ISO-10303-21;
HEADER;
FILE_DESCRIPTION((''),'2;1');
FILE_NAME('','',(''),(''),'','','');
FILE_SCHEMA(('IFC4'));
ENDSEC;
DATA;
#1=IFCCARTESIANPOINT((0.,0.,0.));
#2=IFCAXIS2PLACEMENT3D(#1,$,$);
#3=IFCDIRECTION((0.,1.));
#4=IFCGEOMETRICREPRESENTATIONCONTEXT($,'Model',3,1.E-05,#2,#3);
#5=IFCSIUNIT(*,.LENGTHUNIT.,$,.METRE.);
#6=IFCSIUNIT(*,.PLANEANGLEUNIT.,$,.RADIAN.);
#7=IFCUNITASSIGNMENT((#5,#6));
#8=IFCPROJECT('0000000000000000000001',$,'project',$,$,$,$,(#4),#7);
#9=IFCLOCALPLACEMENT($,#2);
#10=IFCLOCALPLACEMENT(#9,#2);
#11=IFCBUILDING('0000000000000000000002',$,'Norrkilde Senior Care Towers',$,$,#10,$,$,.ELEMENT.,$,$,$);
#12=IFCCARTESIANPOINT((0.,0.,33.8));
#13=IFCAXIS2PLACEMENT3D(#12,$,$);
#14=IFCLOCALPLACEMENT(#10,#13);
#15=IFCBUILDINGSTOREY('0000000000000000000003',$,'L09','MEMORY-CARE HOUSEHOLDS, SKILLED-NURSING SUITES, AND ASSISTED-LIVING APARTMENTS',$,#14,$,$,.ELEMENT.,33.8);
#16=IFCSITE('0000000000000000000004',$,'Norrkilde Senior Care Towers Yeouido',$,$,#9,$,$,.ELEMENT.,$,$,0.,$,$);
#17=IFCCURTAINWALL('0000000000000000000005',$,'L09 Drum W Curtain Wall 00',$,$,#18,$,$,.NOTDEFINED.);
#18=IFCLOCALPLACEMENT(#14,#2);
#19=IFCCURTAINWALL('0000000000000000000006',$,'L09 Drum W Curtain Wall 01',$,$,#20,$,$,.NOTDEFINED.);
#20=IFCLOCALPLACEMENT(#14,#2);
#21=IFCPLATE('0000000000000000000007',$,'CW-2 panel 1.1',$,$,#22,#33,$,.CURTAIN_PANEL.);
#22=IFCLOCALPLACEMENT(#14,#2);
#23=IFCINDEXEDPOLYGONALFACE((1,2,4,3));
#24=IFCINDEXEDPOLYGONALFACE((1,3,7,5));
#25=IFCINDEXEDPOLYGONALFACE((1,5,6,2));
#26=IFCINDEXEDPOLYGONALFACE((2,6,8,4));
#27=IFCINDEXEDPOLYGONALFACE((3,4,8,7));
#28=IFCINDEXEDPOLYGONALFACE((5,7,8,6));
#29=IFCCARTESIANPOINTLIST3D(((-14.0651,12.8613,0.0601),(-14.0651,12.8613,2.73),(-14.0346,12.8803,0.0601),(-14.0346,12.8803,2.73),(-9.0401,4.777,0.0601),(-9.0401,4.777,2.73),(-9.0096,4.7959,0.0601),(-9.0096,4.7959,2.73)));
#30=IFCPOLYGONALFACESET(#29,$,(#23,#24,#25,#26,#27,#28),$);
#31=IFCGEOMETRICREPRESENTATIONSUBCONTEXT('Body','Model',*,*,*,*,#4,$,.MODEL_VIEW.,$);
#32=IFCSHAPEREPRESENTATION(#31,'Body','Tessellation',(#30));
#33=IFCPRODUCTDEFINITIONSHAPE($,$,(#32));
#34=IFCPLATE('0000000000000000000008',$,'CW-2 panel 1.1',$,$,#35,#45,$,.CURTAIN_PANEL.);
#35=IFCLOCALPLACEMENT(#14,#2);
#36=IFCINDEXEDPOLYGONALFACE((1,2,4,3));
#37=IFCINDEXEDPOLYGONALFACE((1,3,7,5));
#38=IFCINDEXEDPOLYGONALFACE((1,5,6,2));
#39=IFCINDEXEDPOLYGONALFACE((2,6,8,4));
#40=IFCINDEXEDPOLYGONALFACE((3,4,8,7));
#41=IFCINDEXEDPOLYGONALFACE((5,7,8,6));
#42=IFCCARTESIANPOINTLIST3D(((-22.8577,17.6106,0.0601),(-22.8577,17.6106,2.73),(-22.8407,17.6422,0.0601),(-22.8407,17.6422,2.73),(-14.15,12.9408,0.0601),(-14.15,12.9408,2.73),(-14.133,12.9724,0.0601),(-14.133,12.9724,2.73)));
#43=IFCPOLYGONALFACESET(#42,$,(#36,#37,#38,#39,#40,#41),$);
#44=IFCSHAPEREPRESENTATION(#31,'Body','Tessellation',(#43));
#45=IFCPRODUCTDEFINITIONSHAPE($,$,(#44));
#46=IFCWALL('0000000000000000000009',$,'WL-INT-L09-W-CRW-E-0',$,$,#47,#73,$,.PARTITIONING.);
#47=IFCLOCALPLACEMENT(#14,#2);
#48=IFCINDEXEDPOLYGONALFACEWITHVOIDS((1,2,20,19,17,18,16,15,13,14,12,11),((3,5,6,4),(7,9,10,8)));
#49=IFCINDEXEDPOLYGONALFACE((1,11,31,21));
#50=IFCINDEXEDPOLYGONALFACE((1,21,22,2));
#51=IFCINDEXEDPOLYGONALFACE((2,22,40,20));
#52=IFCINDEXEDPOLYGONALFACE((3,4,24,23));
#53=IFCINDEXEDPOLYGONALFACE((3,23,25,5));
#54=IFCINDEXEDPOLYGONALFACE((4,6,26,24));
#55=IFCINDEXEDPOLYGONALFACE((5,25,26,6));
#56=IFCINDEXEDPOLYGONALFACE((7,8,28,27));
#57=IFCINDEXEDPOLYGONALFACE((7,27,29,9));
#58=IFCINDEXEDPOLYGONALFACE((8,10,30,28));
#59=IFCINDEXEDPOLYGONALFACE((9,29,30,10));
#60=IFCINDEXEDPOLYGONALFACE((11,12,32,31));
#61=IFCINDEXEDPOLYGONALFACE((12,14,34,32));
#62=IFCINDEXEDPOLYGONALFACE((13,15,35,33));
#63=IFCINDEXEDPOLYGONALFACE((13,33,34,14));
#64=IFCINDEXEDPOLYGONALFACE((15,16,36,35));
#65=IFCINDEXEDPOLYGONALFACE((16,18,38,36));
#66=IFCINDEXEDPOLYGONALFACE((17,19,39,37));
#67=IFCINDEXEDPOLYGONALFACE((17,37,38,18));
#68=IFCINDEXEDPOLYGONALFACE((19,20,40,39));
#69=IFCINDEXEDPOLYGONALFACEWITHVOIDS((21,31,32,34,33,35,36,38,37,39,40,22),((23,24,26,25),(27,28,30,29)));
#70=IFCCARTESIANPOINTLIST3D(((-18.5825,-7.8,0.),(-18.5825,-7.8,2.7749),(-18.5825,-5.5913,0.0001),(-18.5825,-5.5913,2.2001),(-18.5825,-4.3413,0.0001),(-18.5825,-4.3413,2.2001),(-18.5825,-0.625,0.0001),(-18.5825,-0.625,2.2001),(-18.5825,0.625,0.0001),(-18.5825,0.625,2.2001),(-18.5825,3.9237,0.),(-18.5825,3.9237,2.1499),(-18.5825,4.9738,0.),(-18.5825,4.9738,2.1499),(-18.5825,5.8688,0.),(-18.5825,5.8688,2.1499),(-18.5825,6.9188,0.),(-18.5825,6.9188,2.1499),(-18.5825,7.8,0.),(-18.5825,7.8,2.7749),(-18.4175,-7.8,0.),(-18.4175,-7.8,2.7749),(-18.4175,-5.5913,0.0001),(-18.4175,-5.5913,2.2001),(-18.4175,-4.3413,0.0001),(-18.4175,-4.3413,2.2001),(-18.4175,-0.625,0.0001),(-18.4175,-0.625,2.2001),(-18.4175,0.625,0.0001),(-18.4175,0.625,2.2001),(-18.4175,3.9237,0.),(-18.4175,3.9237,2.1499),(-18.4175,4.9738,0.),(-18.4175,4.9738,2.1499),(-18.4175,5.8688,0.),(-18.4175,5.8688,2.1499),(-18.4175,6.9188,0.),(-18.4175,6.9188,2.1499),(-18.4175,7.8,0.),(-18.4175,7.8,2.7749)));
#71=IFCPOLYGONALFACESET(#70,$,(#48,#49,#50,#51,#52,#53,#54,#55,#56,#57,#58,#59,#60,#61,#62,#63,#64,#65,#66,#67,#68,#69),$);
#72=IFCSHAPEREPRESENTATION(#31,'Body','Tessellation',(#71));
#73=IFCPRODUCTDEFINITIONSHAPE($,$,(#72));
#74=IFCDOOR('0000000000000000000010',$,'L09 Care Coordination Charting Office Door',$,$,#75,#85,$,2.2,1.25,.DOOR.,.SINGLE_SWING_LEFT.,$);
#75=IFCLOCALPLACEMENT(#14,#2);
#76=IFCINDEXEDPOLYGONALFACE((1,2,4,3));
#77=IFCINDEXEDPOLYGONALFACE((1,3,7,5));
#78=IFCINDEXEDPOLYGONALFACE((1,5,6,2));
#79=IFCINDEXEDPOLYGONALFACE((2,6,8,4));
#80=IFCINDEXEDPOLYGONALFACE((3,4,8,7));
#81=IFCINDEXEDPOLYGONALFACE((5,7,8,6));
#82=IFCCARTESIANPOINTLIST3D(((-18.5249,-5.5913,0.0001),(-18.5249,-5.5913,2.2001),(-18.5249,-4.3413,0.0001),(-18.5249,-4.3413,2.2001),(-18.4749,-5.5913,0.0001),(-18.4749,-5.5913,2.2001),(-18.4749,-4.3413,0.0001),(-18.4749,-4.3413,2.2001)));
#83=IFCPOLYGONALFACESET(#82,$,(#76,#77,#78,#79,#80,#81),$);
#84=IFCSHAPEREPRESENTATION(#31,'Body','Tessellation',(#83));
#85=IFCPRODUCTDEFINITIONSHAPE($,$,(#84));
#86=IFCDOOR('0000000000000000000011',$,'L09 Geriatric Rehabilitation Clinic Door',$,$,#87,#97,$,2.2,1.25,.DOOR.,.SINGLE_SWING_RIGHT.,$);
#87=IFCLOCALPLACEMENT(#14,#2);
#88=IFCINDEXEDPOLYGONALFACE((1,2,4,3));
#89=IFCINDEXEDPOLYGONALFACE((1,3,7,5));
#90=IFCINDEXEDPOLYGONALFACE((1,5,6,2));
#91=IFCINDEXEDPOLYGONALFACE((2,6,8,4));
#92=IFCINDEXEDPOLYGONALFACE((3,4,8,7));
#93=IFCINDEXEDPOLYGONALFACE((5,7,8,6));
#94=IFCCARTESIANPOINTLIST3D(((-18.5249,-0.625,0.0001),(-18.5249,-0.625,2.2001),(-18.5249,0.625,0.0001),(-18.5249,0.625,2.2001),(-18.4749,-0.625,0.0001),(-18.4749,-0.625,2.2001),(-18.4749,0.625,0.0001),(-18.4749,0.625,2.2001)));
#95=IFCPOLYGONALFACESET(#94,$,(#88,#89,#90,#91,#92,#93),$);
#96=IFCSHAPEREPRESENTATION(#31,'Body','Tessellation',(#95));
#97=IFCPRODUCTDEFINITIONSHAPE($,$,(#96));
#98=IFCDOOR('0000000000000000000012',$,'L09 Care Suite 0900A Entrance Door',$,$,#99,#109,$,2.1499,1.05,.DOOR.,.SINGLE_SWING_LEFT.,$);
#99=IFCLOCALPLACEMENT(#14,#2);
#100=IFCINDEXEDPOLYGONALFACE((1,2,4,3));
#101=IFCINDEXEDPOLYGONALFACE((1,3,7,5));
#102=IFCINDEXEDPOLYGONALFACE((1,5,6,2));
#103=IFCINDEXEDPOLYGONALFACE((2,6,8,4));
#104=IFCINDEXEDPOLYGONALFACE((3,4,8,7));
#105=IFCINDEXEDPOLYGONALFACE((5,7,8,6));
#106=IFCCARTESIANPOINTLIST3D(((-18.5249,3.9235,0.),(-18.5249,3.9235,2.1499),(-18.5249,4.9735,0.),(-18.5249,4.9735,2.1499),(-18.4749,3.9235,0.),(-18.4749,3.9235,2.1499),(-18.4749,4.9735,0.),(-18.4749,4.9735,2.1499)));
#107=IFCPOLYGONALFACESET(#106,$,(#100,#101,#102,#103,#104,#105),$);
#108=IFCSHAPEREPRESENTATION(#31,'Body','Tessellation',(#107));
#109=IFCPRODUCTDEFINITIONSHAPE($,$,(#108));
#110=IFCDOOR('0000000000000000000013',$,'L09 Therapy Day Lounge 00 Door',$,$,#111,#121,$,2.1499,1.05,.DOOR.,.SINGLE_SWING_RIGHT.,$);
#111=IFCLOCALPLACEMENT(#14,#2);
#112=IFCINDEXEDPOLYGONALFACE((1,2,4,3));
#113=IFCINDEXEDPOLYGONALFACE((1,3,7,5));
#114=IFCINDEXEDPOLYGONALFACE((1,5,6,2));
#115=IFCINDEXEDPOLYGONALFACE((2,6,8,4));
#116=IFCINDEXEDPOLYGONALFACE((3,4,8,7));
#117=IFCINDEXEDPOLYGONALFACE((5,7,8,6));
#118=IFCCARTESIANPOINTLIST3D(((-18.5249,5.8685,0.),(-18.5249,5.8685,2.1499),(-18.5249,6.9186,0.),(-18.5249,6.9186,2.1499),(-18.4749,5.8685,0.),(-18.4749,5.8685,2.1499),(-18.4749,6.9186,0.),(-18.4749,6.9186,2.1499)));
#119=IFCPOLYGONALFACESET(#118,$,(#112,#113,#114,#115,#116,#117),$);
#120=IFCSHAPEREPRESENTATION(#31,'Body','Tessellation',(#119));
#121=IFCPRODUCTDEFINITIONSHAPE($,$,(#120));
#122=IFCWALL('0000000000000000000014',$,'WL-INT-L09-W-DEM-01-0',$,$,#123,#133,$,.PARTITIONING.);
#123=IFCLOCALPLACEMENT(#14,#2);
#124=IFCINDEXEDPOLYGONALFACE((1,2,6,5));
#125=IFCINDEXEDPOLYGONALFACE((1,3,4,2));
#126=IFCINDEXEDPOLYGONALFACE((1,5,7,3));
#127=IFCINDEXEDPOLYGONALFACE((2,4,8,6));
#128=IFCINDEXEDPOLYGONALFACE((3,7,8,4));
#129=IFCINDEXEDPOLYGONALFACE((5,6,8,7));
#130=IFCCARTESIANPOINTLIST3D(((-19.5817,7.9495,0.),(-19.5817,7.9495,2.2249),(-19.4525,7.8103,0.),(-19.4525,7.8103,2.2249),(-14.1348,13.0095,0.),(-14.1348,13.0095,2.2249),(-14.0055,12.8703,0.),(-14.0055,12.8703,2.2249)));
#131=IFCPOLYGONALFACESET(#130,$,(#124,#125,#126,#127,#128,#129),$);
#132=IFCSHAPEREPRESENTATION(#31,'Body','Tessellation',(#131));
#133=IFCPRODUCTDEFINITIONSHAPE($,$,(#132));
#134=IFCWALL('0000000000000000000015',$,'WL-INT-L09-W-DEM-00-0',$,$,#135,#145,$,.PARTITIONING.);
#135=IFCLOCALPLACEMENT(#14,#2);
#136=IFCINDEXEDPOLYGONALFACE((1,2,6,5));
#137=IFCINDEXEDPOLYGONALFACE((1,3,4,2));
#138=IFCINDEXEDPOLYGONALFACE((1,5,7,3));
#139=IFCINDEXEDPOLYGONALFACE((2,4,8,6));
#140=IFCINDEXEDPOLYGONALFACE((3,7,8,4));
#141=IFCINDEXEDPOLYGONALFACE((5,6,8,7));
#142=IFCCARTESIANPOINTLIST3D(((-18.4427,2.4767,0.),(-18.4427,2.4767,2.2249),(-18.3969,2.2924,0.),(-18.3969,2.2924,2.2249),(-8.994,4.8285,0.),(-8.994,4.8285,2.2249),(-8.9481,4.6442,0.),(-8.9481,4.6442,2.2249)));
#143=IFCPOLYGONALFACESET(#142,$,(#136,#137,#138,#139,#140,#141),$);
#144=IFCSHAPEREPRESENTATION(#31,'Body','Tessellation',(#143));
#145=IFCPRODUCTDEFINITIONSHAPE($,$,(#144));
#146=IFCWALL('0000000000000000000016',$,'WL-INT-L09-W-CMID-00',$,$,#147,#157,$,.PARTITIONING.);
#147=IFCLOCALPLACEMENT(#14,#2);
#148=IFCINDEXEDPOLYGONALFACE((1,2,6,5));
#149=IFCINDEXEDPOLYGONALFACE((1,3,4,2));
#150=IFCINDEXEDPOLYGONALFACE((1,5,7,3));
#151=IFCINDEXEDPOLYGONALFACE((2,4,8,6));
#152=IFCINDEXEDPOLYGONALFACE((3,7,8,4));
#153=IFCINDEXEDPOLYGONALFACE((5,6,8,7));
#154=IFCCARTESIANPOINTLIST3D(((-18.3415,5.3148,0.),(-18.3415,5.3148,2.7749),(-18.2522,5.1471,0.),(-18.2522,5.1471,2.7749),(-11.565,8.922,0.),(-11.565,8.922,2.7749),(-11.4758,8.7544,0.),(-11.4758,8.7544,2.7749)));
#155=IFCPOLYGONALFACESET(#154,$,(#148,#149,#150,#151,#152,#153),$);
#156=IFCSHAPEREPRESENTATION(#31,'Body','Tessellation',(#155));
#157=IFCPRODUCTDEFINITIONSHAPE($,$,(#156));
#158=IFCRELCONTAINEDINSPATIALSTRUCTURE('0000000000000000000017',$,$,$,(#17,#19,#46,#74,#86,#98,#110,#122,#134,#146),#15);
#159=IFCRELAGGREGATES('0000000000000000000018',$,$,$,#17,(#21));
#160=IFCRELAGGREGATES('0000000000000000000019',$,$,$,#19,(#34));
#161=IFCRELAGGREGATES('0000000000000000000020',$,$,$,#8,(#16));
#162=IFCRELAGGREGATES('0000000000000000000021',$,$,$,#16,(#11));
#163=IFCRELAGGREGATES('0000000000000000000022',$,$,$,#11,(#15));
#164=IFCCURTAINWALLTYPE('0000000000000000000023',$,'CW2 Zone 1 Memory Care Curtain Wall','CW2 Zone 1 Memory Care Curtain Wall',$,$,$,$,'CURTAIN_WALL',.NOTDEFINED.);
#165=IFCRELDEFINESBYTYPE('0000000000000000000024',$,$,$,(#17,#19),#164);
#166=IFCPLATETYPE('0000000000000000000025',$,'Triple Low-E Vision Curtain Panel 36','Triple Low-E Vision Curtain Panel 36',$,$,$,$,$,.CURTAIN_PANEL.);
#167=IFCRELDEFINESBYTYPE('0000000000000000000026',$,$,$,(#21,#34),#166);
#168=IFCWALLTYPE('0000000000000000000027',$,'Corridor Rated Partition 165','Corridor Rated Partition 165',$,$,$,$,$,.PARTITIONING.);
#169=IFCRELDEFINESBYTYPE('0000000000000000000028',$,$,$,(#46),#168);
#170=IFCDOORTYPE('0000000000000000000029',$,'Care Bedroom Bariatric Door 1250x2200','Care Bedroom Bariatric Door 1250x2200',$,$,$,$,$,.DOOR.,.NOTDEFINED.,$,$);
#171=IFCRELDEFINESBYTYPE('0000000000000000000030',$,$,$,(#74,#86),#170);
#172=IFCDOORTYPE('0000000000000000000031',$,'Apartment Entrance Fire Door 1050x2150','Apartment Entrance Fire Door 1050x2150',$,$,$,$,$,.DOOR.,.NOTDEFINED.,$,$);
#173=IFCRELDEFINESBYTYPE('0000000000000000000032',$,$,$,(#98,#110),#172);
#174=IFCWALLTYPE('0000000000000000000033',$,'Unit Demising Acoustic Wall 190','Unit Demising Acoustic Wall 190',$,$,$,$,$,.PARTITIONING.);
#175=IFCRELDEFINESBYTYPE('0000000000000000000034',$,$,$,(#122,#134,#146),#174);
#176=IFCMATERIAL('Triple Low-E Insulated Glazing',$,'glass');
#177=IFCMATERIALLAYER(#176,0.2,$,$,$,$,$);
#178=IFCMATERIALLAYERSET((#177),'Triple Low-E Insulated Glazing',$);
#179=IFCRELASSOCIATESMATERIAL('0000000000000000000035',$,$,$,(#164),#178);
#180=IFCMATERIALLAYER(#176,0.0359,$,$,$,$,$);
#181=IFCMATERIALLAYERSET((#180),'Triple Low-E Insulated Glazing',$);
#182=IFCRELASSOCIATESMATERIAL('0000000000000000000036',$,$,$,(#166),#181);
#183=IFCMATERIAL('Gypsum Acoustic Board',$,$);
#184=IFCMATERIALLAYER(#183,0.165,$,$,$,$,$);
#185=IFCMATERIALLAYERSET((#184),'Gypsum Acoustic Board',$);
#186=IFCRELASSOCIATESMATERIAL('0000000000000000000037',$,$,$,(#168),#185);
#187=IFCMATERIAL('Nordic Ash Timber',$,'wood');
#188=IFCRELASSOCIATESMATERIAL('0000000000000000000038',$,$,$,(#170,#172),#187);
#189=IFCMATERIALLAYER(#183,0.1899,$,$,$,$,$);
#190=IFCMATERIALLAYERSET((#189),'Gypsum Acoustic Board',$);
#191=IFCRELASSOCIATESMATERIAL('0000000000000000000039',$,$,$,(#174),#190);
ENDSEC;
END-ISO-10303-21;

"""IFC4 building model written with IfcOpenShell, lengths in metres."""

from ifc_helpers import new_model, si_unit, direction, frame, frame_2d, origin, origin_2d, place, context, subcontext, project, spatial, rectangle, extrude, source, transform, mapped, material, layer, layer_set, type_object, type_shapes, element, fill, aggregate, save


model = new_model("IFC4")

# Units and contexts
model_context = context("Model", 3, precision=1e-05, world=origin(), true_north=direction((0.0, 1.0)))
body_context = subcontext(model_context, "Body", "Model", "MODEL_VIEW")
ifc_project = project(units=[si_unit("LENGTHUNIT", "METRE"), si_unit("PLANEANGLEUNIT", "RADIAN")], contexts=[model_context])

# Site, building, storey
site_placement = place(None, origin())
site = spatial("IfcSite", under=ifc_project, at=site_placement, Name="Norrkilde Senior Care Towers Yeouido", CompositionType="ELEMENT", RefElevation=0.0)
building_placement = place(site_placement, origin())
building = spatial("IfcBuilding", under=site, at=building_placement, Name="Norrkilde Senior Care Towers", CompositionType="ELEMENT")
storey_placement = place(building_placement, frame((0.0, 0.0, 33.8)))
storey = spatial("IfcBuildingStorey", under=building, at=storey_placement, Name="L09", Description="MEMORY-CARE HOUSEHOLDS, SKILLED-NURSING SUITES, AND ASSISTED-LIVING APARTMENTS", CompositionType="ELEMENT", Elevation=33.8)

# Curtain wall
ifc_material_1 = material(Name="Triple Low-E Insulated Glazing", Category="glass")
ifc_layer_1 = layer(ifc_material_1, 0.2)
ifc_layer_set_1 = layer_set([ifc_layer_1], Name="Triple Low-E Insulated Glazing")
curtain_wall_type = type_object("IfcCurtainWallType", Name="CW2 Zone 1 Memory Care Curtain Wall", Description="CW2 Zone 1 Memory Care Curtain Wall", ElementType="CURTAIN_WALL", PredefinedType="NOTDEFINED", material=ifc_layer_set_1)
curtain_wall_1_placement = place(storey_placement, origin())
curtain_wall_1 = element("IfcCurtainWall", 1, at=curtain_wall_1_placement, inside=storey, type_object=curtain_wall_type, Name="L09 Drum W Curtain Wall 00", PredefinedType="NOTDEFINED")

# Curtain wall
curtain_wall_2_placement = place(storey_placement, origin())
curtain_wall_2 = element("IfcCurtainWall", 2, at=curtain_wall_2_placement, inside=storey, type_object=curtain_wall_type, Name="L09 Drum W Curtain Wall 01", PredefinedType="NOTDEFINED")

# Plates
ifc_layer_2 = layer(ifc_material_1, 0.0359)
ifc_layer_set_2 = layer_set([ifc_layer_2], Name="Triple Low-E Insulated Glazing")
plate_type = type_object("IfcPlateType", Name="Triple Low-E Vision Curtain Panel 36", Description="Triple Low-E Vision Curtain Panel 36", PredefinedType="CURTAIN_PANEL", material=ifc_layer_set_2)
shared_shape_1 = source(origin(), body_context, "Body", "SweptSolid", [
    extrude(rectangle(XDim=9.5188, YDim=0.0359, at=origin_2d()), origin(), (0.0, 0.0, 1.0), 2.6699),
])
plate_1_placement = place(storey_placement, frame((-11.5374, 8.8286, 0.0601), z_axis=(0.0, 0.0, 1.0), x_axis=(0.527901, -0.849306, 0.0)))
plate_1 = element("IfcPlate", 3, at=plate_1_placement, type_object=plate_type, Name="CW-2 panel 1.1", PredefinedType="CURTAIN_PANEL", context=body_context, shape_type="MappedRepresentation", body=[
    mapped(shared_shape_1, transform((0.0, 0.0, 0.0), x_axis=(1.0, 0.0, 0.0), y_axis=(0.0, 1.0, 0.0), z_axis=(0.0, 0.0, 1.0), scale=1.0)),
])
aggregate(curtain_wall_1, [plate_1])
shared_shape_2 = source(origin(), body_context, "Body", "SweptSolid", [
    extrude(rectangle(XDim=9.8809, YDim=0.0359, at=origin_2d()), origin(), (0.0, 0.0, 1.0), 2.6699),
])
type_shapes(plate_type, [shared_shape_1, shared_shape_2])
plate_2_placement = place(storey_placement, frame((-18.4954, 15.2915, 0.0601), z_axis=(0.0, 0.0, 1.0), x_axis=(0.881273, -0.472608, 0.0)))
plate_2 = element("IfcPlate", 4, at=plate_2_placement, type_object=plate_type, Name="CW-2 panel 1.1", PredefinedType="CURTAIN_PANEL", context=body_context, shape_type="MappedRepresentation", body=[
    mapped(shared_shape_2, transform((0.0, 0.0, 0.0), x_axis=(1.0, 0.0, 0.0), y_axis=(0.0, 1.0, 0.0), z_axis=(0.0, 0.0, 1.0), scale=1.0)),
])
aggregate(curtain_wall_2, [plate_2])

# Wall, openings, doors
ifc_material_2 = material(Name="Gypsum Acoustic Board")
ifc_layer_3 = layer(ifc_material_2, 0.165)
ifc_layer_set_3 = layer_set([ifc_layer_3], Name="Gypsum Acoustic Board")
wall_type_1 = type_object("IfcWallType", Name="Corridor Rated Partition 165", Description="Corridor Rated Partition 165", PredefinedType="PARTITIONING", material=ifc_layer_set_3)
shared_shape_3 = source(origin(), body_context, "Body", "SweptSolid", [
    extrude(rectangle(XDim=15.6001, YDim=0.165, at=frame_2d((7.8, 0.0))), origin(), (0.0, 0.0, 1.0), 2.7749),
])
type_shapes(wall_type_1, [shared_shape_3])
wall_1_placement = place(storey_placement, frame((-18.5, 7.8, 0.0), z_axis=(0.0, 0.0, 1.0), x_axis=(0.0, -1.0, 0.0)))
wall_1 = element("IfcWall", 5, at=wall_1_placement, inside=storey, type_object=wall_type_1, Name="WL-INT-L09-W-CRW-E-0", PredefinedType="PARTITIONING", context=body_context, shape_type="MappedRepresentation", body=[
    mapped(shared_shape_3, transform((0.0, 0.0, 0.0), x_axis=(1.0, 0.0, 0.0), y_axis=(0.0, 1.0, 0.0), z_axis=(0.0, 0.0, 1.0), scale=1.0)),
])
opening_1_placement = place(wall_1_placement, frame((12.1414, 0.0, 0.0)))
opening_1 = element("IfcOpeningElement", 6, at=opening_1_placement, cuts=wall_1, PredefinedType="OPENING", context=body_context, shape_type="SweptSolid", body=[
    extrude(rectangle(XDim=1.25, YDim=2.2, at=frame_2d((0.625, 1.1001))), frame((0.0, 0.0925, 0.0), z_axis=(0.0, -1.0, 0.0), x_axis=(1.0, 0.0, 0.0)), (0.0, 0.0, 1.0), 0.1851),
])
opening_2_placement = place(wall_1_placement, frame((7.175, 0.0, 0.0)))
opening_2 = element("IfcOpeningElement", 7, at=opening_2_placement, cuts=wall_1, PredefinedType="OPENING", context=body_context, shape_type="SweptSolid", body=[
    extrude(rectangle(XDim=1.25, YDim=2.2, at=frame_2d((0.625, 1.1001))), frame((0.0, 0.0925, 0.0), z_axis=(0.0, -1.0, 0.0), x_axis=(1.0, 0.0, 0.0)), (0.0, 0.0, 1.0), 0.1851),
])
opening_3_placement = place(wall_1_placement, frame((2.8264, 0.0, 0.0)))
opening_3 = element("IfcOpeningElement", 8, at=opening_3_placement, cuts=wall_1, PredefinedType="OPENING", context=body_context, shape_type="SweptSolid", body=[
    extrude(rectangle(XDim=1.05, YDim=2.1499, at=frame_2d((0.5249, 1.075))), frame((0.0, 0.0925, 0.0), z_axis=(0.0, -1.0, 0.0), x_axis=(1.0, 0.0, 0.0)), (0.0, 0.0, 1.0), 0.1851),
])
opening_4_placement = place(wall_1_placement, frame((0.8813, 0.0, 0.0)))
opening_4 = element("IfcOpeningElement", 9, at=opening_4_placement, cuts=wall_1, PredefinedType="OPENING", context=body_context, shape_type="SweptSolid", body=[
    extrude(rectangle(XDim=1.05, YDim=2.1499, at=frame_2d((0.5249, 1.075))), frame((0.0, 0.0925, 0.0), z_axis=(0.0, -1.0, 0.0), x_axis=(1.0, 0.0, 0.0)), (0.0, 0.0, 1.0), 0.1851),
])
ifc_material_3 = material(Name="Nordic Ash Timber", Category="wood")
door_type_1 = type_object("IfcDoorType", Name="Care Bedroom Bariatric Door 1250x2200", Description="Care Bedroom Bariatric Door 1250x2200", OperationType="NOTDEFINED", PredefinedType="DOOR", material=ifc_material_3)
shared_shape_4 = source(origin(), body_context, "Body", "SweptSolid", [
    extrude(rectangle(XDim=1.25, YDim=2.2, at=frame_2d((0.625, 1.1001))), frame((0.0, 0.0249, 0.0), z_axis=(0.0, -1.0, 0.0), x_axis=(1.0, 0.0, 0.0)), (0.0, 0.0, 1.0), 0.05),
])
type_shapes(door_type_1, [shared_shape_4])
door_1_placement = place(opening_1_placement, frame((1.25, 0.0, 0.0), z_axis=(0.0, 0.0, 1.0), x_axis=(-1.0, 0.0, 0.0)))
door_1 = element("IfcDoor", 10, at=door_1_placement, inside=storey, type_object=door_type_1, Name="L09 Care Coordination Charting Office Door", OperationType="SINGLE_SWING_LEFT", OverallHeight=2.2, OverallWidth=1.25, PredefinedType="DOOR", context=body_context, shape_type="MappedRepresentation", body=[
    mapped(shared_shape_4, transform((0.0, 0.0, 0.0), x_axis=(1.0, 0.0, 0.0), y_axis=(0.0, 1.0, 0.0), z_axis=(0.0, 0.0, 1.0), scale=1.0)),
])
fill(opening_1, door_1)
door_2_placement = place(opening_2_placement, frame((1.25, 0.0, 0.0), z_axis=(0.0, 0.0, 1.0), x_axis=(-1.0, 0.0, 0.0)))
door_2 = element("IfcDoor", 11, at=door_2_placement, inside=storey, type_object=door_type_1, Name="L09 Geriatric Rehabilitation Clinic Door", OperationType="SINGLE_SWING_RIGHT", OverallHeight=2.2, OverallWidth=1.25, PredefinedType="DOOR", context=body_context, shape_type="MappedRepresentation", body=[
    mapped(shared_shape_4, transform((0.0, 0.0, 0.0), x_axis=(1.0, 0.0, 0.0), y_axis=(0.0, 1.0, 0.0), z_axis=(0.0, 0.0, 1.0), scale=1.0)),
])
fill(opening_2, door_2)
door_type_2 = type_object("IfcDoorType", Name="Apartment Entrance Fire Door 1050x2150", Description="Apartment Entrance Fire Door 1050x2150", OperationType="NOTDEFINED", PredefinedType="DOOR", material=ifc_material_3)
shared_shape_5 = source(origin(), body_context, "Body", "SweptSolid", [
    extrude(rectangle(XDim=1.05, YDim=2.1499, at=frame_2d((0.5249, 1.075))), frame((0.0, 0.0249, 0.0), z_axis=(0.0, -1.0, 0.0), x_axis=(1.0, 0.0, 0.0)), (0.0, 0.0, 1.0), 0.05),
])
type_shapes(door_type_2, [shared_shape_5])
door_3_placement = place(opening_3_placement, frame((1.05, 0.0, 0.0), z_axis=(0.0, 0.0, 1.0), x_axis=(-1.0, 0.0, 0.0)))
door_3 = element("IfcDoor", 12, at=door_3_placement, inside=storey, type_object=door_type_2, Name="L09 Care Suite 0900A Entrance Door", OperationType="SINGLE_SWING_LEFT", OverallHeight=2.1499, OverallWidth=1.05, PredefinedType="DOOR", context=body_context, shape_type="MappedRepresentation", body=[
    mapped(shared_shape_5, transform((0.0, 0.0, 0.0), x_axis=(1.0, 0.0, 0.0), y_axis=(0.0, 1.0, 0.0), z_axis=(0.0, 0.0, 1.0), scale=1.0)),
])
fill(opening_3, door_3)
door_4_placement = place(opening_4_placement, frame((1.05, 0.0, 0.0), z_axis=(0.0, 0.0, 1.0), x_axis=(-1.0, 0.0, 0.0)))
door_4 = element("IfcDoor", 13, at=door_4_placement, inside=storey, type_object=door_type_2, Name="L09 Therapy Day Lounge 00 Door", OperationType="SINGLE_SWING_RIGHT", OverallHeight=2.1499, OverallWidth=1.05, PredefinedType="DOOR", context=body_context, shape_type="MappedRepresentation", body=[
    mapped(shared_shape_5, transform((0.0, 0.0, 0.0), x_axis=(1.0, 0.0, 0.0), y_axis=(0.0, 1.0, 0.0), z_axis=(0.0, 0.0, 1.0), scale=1.0)),
])
fill(opening_4, door_4)

# Walls
ifc_layer_4 = layer(ifc_material_2, 0.1899)
ifc_layer_set_4 = layer_set([ifc_layer_4], Name="Gypsum Acoustic Board")
wall_type_2 = type_object("IfcWallType", Name="Unit Demising Acoustic Wall 190", Description="Unit Demising Acoustic Wall 190", PredefinedType="PARTITIONING", material=ifc_layer_set_4)
shared_shape_6 = source(origin(), body_context, "Body", "SweptSolid", [
    extrude(rectangle(XDim=7.4346, YDim=0.1899, at=frame_2d((3.7173, 0.0))), origin(), (0.0, 0.0, 1.0), 2.2249),
])
wall_2_placement = place(storey_placement, frame((-19.5171, 7.8799, 0.0), z_axis=(0.0, 0.0, 1.0), x_axis=(0.732652, 0.680603, 0.0)))
element("IfcWall", 14, at=wall_2_placement, inside=storey, type_object=wall_type_2, Name="WL-INT-L09-W-DEM-01-0", PredefinedType="PARTITIONING", context=body_context, shape_type="MappedRepresentation", body=[
    mapped(shared_shape_6, transform((0.0, 0.0, 0.0), x_axis=(1.0, 0.0, 0.0), y_axis=(0.0, 1.0, 0.0), z_axis=(0.0, 0.0, 1.0), scale=1.0)),
])
shared_shape_7 = source(origin(), body_context, "Body", "SweptSolid", [
    extrude(rectangle(XDim=9.7371, YDim=0.1899, at=frame_2d((4.8687, 0.0))), origin(), (0.0, 0.0, 1.0), 2.2249),
])
wall_3_placement = place(storey_placement, frame((-18.4199, 2.3845, 0.0), z_axis=(0.0, 0.0, 1.0), x_axis=(0.970393, 0.241533, 0.0)))
element("IfcWall", 15, at=wall_3_placement, inside=storey, type_object=wall_type_2, Name="WL-INT-L09-W-DEM-00-0", PredefinedType="PARTITIONING", context=body_context, shape_type="MappedRepresentation", body=[
    mapped(shared_shape_7, transform((0.0, 0.0, 0.0), x_axis=(1.0, 0.0, 0.0), y_axis=(0.0, 1.0, 0.0), z_axis=(0.0, 0.0, 1.0), scale=1.0)),
])
shared_shape_8 = source(origin(), body_context, "Body", "SweptSolid", [
    extrude(rectangle(XDim=7.6768, YDim=0.1899, at=frame_2d((3.8384, 0.0))), origin(), (0.0, 0.0, 1.0), 2.7749),
])
type_shapes(wall_type_2, [shared_shape_6, shared_shape_7, shared_shape_8])
wall_4_placement = place(storey_placement, frame((-18.2969, 5.231, 0.0), z_axis=(0.0, 0.0, 1.0), x_axis=(0.882725, 0.46989, 0.0)))
element("IfcWall", 16, at=wall_4_placement, inside=storey, type_object=wall_type_2, Name="WL-INT-L09-W-CMID-00", PredefinedType="PARTITIONING", context=body_context, shape_type="MappedRepresentation", body=[
    mapped(shared_shape_8, transform((0.0, 0.0, 0.0), x_axis=(1.0, 0.0, 0.0), y_axis=(0.0, 1.0, 0.0), z_axis=(0.0, 0.0, 1.0), scale=1.0)),
])

save(model, "model.ifc")
